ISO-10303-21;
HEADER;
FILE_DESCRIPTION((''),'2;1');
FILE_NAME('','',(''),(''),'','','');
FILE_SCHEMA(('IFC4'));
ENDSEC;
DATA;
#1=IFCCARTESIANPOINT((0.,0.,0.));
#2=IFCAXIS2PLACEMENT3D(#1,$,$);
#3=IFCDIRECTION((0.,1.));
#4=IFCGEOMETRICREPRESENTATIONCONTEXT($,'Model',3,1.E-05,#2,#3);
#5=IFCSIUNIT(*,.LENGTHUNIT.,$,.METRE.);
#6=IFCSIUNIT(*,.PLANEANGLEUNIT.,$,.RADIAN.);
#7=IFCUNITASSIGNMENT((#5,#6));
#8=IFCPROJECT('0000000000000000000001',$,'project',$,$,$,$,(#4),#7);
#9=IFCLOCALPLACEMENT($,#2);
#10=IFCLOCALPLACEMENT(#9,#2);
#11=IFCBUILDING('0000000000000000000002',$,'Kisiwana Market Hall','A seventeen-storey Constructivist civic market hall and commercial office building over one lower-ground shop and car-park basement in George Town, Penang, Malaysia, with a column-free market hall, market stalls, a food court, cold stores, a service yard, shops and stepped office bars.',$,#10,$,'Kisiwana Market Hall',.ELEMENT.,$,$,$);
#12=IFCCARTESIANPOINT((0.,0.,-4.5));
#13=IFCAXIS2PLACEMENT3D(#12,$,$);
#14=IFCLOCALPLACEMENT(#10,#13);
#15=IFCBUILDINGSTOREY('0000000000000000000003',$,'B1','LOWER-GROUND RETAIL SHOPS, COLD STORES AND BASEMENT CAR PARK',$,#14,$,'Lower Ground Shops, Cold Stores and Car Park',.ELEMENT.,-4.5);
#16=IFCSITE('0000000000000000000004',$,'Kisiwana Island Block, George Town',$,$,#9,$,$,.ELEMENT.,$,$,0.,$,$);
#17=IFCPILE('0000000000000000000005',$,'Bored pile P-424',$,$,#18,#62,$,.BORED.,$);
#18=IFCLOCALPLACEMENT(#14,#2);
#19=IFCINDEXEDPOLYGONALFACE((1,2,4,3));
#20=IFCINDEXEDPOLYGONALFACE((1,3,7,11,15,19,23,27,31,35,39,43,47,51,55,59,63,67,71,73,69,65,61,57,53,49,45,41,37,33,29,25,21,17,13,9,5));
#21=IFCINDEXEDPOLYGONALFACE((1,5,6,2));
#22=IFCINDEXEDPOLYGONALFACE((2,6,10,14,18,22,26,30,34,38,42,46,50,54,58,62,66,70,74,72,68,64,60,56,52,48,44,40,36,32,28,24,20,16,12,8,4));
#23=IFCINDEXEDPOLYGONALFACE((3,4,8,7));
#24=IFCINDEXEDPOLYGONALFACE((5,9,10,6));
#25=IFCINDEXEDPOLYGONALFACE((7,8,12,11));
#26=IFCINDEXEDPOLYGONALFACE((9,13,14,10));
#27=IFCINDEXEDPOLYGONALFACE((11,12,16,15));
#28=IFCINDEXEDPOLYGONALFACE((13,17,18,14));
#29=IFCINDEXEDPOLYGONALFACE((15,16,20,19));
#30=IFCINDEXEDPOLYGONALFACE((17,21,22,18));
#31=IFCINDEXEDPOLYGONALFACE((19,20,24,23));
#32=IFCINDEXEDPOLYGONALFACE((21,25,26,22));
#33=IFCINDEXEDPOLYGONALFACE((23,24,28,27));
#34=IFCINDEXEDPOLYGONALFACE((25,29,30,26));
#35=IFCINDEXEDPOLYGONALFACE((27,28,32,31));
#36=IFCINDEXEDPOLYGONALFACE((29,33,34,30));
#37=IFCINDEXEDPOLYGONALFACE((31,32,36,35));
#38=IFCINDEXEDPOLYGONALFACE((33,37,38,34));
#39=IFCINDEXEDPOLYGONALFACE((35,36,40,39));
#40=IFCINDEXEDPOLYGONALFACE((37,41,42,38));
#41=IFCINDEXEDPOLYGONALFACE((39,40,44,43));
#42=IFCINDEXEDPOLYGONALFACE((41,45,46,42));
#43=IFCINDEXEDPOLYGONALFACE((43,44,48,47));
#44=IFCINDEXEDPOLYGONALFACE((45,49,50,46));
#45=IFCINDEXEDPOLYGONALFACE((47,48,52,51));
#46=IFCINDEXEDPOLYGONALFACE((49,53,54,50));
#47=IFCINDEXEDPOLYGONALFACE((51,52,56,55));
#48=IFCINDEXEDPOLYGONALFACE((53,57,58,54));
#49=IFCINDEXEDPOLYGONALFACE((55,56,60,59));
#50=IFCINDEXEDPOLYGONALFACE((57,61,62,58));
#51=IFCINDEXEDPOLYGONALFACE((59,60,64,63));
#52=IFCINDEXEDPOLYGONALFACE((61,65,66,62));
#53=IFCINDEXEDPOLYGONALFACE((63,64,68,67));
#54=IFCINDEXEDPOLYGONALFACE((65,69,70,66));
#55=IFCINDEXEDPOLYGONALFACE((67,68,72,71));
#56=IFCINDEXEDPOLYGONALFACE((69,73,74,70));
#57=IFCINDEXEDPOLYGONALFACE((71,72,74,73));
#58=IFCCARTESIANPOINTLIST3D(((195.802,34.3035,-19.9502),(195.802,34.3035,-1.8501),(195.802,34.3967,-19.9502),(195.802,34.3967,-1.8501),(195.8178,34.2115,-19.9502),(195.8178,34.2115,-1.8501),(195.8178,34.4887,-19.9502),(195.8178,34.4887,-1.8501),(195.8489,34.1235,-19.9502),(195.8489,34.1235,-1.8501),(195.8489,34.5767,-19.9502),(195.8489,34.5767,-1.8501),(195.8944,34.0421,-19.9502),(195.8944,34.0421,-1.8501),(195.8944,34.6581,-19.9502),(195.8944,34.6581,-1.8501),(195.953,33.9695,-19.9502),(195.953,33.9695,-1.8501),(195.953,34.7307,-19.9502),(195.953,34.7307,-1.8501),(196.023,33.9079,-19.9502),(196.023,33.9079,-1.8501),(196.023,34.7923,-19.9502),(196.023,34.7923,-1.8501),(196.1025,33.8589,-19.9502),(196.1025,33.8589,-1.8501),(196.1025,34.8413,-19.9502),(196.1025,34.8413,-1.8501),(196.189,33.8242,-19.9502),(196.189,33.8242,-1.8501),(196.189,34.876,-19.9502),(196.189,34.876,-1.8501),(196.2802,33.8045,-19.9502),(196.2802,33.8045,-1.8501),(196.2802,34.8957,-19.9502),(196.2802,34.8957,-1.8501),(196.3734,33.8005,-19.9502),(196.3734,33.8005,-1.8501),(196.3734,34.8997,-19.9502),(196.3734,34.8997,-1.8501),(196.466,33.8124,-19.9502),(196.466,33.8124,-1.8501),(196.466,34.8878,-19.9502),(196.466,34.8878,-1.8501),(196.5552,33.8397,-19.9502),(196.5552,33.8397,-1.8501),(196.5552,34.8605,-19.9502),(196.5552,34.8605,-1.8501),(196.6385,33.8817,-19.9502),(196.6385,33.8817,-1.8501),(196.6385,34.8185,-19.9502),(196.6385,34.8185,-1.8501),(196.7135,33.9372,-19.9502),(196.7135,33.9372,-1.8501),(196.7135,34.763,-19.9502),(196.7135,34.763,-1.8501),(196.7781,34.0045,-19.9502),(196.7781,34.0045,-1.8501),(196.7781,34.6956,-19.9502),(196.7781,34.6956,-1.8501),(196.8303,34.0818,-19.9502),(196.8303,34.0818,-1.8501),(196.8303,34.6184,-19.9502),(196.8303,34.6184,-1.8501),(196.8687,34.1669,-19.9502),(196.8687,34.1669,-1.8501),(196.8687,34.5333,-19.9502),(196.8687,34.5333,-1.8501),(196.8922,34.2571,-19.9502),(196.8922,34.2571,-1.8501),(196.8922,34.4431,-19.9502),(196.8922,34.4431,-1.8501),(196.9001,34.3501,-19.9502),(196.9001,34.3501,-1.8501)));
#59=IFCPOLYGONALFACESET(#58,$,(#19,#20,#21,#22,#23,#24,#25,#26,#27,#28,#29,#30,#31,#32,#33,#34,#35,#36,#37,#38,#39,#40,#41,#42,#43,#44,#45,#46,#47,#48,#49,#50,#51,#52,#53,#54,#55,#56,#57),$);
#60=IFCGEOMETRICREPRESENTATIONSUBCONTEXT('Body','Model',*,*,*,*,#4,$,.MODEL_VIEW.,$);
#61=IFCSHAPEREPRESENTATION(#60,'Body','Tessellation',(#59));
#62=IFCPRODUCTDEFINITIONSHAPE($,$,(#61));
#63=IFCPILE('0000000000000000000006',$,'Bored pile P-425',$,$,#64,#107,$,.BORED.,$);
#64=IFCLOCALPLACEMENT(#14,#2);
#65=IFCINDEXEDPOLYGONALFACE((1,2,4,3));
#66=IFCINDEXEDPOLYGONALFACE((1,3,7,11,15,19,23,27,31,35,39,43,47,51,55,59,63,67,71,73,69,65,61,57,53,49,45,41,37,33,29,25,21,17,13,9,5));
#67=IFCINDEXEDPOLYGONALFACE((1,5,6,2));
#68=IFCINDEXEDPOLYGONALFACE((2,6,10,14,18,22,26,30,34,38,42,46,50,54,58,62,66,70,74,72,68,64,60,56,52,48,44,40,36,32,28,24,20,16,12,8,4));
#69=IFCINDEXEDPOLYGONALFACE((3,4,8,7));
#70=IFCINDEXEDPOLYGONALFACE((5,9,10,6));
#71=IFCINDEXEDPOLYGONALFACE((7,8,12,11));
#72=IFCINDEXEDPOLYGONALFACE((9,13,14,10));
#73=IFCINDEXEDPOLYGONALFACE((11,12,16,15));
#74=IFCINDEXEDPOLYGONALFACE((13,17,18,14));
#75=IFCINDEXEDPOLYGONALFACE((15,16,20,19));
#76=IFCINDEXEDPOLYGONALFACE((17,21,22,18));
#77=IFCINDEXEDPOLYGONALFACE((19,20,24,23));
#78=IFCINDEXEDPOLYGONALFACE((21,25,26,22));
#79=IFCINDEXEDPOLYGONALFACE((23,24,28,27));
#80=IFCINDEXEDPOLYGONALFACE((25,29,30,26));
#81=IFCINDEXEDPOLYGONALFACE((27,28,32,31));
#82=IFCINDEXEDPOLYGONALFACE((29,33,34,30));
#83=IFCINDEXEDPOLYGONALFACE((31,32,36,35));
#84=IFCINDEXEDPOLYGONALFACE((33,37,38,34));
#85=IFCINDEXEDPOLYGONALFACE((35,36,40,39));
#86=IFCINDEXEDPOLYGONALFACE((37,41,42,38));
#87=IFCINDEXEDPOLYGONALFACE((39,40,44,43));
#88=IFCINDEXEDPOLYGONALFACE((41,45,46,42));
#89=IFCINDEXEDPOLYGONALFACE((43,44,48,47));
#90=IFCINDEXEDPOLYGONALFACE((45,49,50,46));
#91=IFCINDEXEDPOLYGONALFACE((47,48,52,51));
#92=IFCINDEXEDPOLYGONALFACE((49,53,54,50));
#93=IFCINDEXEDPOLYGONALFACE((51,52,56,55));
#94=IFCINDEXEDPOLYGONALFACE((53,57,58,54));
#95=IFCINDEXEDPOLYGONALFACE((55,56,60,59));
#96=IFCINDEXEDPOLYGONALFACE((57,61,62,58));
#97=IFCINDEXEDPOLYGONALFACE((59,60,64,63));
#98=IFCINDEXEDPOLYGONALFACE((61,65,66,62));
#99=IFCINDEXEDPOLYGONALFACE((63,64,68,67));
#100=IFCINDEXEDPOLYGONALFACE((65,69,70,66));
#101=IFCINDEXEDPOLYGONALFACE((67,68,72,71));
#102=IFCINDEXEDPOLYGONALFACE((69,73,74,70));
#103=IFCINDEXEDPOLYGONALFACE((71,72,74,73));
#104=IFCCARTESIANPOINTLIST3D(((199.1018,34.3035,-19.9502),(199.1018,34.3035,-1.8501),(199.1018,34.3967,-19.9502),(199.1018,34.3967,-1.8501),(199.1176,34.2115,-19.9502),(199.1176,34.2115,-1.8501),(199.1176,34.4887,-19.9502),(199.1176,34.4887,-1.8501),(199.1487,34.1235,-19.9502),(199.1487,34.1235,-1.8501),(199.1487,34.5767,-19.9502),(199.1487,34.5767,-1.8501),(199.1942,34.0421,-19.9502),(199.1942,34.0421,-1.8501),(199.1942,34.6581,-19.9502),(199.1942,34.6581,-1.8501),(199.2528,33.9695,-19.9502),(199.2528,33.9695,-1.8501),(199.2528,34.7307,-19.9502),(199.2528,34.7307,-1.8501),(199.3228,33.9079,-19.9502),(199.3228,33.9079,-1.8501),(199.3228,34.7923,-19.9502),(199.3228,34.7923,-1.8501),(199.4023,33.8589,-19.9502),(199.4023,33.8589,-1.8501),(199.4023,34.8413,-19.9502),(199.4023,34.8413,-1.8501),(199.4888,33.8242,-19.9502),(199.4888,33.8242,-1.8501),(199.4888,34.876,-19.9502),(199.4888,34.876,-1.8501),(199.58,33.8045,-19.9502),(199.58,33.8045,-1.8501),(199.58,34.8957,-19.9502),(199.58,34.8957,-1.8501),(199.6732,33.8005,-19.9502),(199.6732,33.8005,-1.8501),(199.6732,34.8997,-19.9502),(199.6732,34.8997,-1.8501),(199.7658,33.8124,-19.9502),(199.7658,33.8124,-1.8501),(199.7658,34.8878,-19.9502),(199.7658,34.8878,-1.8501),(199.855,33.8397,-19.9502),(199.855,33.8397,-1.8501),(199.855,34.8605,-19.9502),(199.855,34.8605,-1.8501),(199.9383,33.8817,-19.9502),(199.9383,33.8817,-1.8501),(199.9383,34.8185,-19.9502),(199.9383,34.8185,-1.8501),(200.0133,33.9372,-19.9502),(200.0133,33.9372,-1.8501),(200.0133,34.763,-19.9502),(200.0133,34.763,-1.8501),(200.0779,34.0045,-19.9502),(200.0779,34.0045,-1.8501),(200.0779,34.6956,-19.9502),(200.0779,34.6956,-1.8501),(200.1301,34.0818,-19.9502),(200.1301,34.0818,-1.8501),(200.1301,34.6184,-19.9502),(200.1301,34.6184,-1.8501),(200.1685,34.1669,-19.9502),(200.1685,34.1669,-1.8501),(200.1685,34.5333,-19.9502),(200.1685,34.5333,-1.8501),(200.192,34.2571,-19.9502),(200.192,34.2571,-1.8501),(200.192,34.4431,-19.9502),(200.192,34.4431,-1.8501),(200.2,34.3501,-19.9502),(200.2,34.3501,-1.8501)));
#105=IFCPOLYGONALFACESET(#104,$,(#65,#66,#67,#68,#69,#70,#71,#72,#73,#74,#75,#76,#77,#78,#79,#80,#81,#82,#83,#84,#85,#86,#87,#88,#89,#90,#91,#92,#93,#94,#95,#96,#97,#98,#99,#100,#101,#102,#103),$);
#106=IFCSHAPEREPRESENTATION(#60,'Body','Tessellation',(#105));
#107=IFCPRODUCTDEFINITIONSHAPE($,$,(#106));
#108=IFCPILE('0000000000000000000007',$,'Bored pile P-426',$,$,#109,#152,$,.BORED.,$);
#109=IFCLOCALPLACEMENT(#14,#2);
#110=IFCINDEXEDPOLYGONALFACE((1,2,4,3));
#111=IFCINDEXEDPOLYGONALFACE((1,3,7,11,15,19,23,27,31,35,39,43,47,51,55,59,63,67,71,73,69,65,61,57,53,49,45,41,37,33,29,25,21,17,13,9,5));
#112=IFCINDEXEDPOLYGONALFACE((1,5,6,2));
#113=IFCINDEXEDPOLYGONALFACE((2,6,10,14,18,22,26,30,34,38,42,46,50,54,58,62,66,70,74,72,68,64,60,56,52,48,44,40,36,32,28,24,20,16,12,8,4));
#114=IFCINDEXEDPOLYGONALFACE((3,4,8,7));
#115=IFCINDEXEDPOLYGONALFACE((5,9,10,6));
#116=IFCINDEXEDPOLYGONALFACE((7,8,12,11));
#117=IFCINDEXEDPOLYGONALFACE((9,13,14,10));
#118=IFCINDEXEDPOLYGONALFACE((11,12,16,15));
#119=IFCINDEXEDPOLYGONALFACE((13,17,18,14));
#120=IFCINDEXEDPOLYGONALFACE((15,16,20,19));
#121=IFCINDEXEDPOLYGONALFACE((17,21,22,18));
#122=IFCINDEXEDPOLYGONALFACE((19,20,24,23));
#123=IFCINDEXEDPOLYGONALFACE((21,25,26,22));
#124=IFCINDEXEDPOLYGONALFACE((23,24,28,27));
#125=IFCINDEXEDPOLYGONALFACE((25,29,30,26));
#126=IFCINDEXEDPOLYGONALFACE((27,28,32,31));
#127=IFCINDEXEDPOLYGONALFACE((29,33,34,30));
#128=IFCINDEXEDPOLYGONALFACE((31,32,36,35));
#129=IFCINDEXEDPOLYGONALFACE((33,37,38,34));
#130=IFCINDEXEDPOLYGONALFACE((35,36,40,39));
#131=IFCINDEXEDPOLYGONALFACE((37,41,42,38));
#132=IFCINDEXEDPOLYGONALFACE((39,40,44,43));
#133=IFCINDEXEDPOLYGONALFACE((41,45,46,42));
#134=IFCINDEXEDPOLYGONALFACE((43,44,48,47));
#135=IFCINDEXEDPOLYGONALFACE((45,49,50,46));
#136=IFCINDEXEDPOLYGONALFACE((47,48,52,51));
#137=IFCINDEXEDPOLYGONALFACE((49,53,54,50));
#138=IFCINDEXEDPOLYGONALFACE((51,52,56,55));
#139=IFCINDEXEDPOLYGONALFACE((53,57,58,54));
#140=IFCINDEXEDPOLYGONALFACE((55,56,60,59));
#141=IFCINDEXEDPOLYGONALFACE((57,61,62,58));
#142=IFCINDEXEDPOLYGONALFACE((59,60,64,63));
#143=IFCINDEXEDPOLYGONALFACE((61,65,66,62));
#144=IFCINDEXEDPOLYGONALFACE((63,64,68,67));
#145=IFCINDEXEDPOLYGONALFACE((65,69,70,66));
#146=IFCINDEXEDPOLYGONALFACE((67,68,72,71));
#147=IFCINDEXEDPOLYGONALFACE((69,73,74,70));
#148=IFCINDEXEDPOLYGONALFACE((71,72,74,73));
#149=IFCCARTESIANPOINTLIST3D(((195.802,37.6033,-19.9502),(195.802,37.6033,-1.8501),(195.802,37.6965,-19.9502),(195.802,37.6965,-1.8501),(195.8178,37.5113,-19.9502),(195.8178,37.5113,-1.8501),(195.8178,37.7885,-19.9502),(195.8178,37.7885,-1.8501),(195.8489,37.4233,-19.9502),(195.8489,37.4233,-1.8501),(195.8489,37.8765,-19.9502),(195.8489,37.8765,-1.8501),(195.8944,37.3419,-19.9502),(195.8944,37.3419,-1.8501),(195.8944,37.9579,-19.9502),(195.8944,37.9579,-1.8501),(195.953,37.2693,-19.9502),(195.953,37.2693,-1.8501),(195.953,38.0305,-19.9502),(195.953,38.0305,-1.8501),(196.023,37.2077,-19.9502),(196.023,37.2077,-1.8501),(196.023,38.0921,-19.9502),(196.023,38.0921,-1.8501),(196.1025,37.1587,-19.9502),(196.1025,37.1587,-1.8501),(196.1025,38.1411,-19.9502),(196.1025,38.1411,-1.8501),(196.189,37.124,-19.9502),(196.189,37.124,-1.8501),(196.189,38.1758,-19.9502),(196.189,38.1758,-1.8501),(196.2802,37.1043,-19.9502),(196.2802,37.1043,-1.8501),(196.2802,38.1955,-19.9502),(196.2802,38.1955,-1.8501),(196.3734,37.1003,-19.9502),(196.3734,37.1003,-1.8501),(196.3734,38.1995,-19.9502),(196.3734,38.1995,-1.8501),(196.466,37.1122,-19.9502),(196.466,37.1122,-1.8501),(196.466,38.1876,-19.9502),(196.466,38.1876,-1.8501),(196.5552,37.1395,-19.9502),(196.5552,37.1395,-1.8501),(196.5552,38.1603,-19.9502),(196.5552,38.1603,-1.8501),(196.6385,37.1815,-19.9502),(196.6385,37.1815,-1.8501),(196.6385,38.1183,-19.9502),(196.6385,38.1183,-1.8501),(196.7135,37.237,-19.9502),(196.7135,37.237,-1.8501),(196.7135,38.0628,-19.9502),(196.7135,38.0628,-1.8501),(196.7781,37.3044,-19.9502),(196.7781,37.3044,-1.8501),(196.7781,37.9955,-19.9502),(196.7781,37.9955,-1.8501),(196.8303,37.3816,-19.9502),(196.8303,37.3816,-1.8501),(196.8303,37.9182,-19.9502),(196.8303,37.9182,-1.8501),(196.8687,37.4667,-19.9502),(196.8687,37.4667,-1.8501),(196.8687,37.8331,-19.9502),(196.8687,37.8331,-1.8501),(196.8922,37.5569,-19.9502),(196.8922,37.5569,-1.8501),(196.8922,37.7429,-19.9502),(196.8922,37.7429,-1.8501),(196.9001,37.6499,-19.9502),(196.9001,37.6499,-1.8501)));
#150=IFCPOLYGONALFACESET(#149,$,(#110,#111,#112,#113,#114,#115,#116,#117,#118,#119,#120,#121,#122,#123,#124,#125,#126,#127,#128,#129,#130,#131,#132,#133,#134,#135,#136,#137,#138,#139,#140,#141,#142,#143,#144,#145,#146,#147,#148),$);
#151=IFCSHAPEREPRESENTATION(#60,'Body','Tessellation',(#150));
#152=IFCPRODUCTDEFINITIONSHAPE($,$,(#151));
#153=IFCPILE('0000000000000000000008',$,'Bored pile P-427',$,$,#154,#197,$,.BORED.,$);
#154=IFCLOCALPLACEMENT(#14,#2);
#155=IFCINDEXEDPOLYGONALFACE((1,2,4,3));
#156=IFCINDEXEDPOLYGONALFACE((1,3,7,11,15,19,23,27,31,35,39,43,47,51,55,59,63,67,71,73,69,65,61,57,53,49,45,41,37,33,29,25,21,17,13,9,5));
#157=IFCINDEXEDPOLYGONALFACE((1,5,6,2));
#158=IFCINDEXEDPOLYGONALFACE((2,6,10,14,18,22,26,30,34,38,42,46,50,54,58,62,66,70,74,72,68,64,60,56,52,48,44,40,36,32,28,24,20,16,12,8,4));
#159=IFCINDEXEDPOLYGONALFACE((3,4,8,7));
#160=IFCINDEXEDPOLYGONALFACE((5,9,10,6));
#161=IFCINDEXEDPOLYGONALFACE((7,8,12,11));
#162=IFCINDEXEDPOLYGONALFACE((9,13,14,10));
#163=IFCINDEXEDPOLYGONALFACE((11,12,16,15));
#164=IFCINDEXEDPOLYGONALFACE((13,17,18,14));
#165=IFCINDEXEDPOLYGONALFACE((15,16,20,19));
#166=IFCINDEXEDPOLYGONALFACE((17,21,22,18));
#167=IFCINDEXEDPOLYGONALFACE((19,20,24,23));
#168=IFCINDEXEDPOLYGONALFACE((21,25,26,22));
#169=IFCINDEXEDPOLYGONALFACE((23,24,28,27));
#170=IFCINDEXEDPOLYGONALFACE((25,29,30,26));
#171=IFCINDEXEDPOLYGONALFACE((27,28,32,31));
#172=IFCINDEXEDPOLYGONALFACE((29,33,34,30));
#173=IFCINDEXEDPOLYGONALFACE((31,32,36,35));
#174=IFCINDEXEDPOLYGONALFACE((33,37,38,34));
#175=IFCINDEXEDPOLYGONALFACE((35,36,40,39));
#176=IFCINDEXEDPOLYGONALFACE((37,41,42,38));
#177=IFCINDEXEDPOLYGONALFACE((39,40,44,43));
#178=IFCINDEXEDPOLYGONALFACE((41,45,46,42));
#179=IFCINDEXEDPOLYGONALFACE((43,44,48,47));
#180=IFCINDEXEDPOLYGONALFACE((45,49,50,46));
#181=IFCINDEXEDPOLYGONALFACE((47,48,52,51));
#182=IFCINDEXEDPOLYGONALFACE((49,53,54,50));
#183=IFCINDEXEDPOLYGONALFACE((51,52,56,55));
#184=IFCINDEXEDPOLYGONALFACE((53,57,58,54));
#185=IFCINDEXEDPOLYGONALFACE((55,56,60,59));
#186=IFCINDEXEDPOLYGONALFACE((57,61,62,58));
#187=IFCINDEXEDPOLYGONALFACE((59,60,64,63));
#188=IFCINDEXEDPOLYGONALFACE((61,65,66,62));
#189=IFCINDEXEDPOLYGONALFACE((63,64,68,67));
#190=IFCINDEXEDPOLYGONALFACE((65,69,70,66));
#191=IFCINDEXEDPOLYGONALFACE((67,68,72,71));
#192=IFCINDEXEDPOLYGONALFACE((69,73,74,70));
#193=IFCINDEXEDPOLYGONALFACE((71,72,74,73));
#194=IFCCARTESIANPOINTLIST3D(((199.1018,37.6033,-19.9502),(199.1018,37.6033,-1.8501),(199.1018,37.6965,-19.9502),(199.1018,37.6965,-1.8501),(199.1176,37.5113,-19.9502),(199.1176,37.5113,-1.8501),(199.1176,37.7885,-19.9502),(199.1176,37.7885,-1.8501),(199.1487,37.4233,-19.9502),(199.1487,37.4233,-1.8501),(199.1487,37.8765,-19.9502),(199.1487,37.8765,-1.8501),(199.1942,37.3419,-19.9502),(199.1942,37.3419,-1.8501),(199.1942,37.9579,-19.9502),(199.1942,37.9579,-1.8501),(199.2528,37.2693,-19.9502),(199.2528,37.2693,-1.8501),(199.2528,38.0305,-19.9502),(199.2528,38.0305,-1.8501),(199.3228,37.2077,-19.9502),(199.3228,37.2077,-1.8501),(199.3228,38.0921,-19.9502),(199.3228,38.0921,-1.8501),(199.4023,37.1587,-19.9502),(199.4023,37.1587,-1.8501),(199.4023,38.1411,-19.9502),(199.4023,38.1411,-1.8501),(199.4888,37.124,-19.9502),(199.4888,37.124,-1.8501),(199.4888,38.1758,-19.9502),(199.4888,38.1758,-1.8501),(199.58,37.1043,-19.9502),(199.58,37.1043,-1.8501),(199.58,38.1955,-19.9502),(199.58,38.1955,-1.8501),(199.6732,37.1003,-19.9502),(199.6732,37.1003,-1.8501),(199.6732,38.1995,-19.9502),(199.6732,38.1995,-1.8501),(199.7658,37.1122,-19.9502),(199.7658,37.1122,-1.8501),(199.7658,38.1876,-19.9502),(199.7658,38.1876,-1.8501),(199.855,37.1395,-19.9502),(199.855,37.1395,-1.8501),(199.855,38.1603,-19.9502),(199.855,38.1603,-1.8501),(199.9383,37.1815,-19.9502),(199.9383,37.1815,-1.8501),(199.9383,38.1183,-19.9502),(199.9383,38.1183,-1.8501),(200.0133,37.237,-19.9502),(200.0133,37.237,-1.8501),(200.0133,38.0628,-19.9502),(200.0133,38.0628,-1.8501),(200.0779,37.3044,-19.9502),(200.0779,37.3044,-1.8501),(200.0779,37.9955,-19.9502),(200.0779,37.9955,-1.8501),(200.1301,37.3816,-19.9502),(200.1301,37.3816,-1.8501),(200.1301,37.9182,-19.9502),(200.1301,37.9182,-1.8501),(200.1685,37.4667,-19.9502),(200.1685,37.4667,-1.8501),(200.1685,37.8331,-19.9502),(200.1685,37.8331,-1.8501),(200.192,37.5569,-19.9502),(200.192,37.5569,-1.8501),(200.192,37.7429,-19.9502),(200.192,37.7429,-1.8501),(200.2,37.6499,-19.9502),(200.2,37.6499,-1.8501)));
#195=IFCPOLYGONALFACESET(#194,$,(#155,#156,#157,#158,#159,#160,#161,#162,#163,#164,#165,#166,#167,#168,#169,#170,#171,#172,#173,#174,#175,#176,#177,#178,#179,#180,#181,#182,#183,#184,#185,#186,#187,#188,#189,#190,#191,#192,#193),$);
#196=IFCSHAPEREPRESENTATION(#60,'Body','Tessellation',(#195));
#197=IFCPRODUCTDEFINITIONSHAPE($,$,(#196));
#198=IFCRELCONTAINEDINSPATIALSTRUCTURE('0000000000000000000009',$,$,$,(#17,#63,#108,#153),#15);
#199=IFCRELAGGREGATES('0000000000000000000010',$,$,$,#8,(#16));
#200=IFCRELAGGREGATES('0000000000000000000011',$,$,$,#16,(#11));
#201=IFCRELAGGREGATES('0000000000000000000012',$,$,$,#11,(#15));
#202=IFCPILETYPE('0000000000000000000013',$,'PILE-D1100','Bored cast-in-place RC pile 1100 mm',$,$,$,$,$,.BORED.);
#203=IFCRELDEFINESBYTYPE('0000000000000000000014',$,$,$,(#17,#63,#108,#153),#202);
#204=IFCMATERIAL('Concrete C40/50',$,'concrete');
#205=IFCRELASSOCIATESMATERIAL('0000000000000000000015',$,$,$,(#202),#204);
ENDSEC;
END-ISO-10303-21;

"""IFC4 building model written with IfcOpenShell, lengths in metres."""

from ifc_helpers import new_model, si_unit, direction, frame, origin, origin_2d, place, context, subcontext, project, spatial, circle, extrude, material, material_profile, profile_set, type_object, element, save


model = new_model("IFC4")

# Units and contexts
model_context = context("Model", 3, precision=1e-05, world=origin(), true_north=direction((0.0, 1.0)))
body_context = subcontext(model_context, "Body", "Model", "MODEL_VIEW")
ifc_project = project(units=[si_unit("LENGTHUNIT", "METRE"), si_unit("PLANEANGLEUNIT", "RADIAN")], contexts=[model_context])

# Site, building, storey
site_placement = place(None, origin())
site = spatial("IfcSite", under=ifc_project, at=site_placement, Name="Kisiwana Island Block, George Town", CompositionType="ELEMENT", RefElevation=0.0)
building_placement = place(site_placement, origin())
building = spatial("IfcBuilding", under=site, at=building_placement, Name="Kisiwana Market Hall", Description="A seventeen-storey Constructivist civic market hall and commercial office building over one lower-ground shop and car-park basement in George Town, Penang, Malaysia, with a column-free market hall, market stalls, a food court, cold stores, a service yard, shops and stepped office bars.", LongName="Kisiwana Market Hall", CompositionType="ELEMENT")
storey_placement = place(building_placement, frame((0.0, 0.0, -4.5)))
storey = spatial("IfcBuildingStorey", under=building, at=storey_placement, Name="B1", Description="LOWER-GROUND RETAIL SHOPS, COLD STORES AND BASEMENT CAR PARK", LongName="Lower Ground Shops, Cold Stores and Car Park", CompositionType="ELEMENT", Elevation=-4.5)

# Piles
ifc_material_1 = material(Name="Concrete C40/50", Category="concrete")
ifc_material_profile_1 = material_profile(ifc_material_1, circle(Radius=0.55, at=origin_2d()), Name="BP D1100")
ifc_profile_set_1 = profile_set([ifc_material_profile_1], Name="Concrete C40/50")
pile_type_1 = type_object("IfcPileType", Name="PILE-D1100", Description="Bored cast-in-place RC pile 1100 mm", PredefinedType="BORED", material=ifc_profile_set_1)
for number, where, z_axis, x_axis, name in (
    (1, (196.3501, 34.3501, -1.8501), (0.0, 0.0, -1.0), (1.0, 0.0, 0.0), "Bored pile P-424"),
    (2, (199.6499, 34.3501, -1.8501), (0.0, 0.0, -1.0), (1.0, 0.0, 0.0), "Bored pile P-425"),
    (3, (196.3501, 37.6499, -1.8501), (0.0, 0.0, -1.0), (1.0, 0.0, 0.0), "Bored pile P-426"),
    (4, (199.6499, 37.6499, -1.8501), (0.0, 0.0, -1.0), (1.0, 0.0, 0.0), "Bored pile P-427"),
):
    element("IfcPile", number, at=place(storey_placement, frame(where, z_axis=z_axis, x_axis=x_axis)), inside=storey, type_object=pile_type_1, Name=name, PredefinedType="BORED", context=body_context, shape_type="SweptSolid", body=[
        extrude(circle(Radius=0.55, at=origin_2d()), origin(), (0.0, 0.0, 1.0), 18.1001),
    ])

save(model, "model.ifc")
